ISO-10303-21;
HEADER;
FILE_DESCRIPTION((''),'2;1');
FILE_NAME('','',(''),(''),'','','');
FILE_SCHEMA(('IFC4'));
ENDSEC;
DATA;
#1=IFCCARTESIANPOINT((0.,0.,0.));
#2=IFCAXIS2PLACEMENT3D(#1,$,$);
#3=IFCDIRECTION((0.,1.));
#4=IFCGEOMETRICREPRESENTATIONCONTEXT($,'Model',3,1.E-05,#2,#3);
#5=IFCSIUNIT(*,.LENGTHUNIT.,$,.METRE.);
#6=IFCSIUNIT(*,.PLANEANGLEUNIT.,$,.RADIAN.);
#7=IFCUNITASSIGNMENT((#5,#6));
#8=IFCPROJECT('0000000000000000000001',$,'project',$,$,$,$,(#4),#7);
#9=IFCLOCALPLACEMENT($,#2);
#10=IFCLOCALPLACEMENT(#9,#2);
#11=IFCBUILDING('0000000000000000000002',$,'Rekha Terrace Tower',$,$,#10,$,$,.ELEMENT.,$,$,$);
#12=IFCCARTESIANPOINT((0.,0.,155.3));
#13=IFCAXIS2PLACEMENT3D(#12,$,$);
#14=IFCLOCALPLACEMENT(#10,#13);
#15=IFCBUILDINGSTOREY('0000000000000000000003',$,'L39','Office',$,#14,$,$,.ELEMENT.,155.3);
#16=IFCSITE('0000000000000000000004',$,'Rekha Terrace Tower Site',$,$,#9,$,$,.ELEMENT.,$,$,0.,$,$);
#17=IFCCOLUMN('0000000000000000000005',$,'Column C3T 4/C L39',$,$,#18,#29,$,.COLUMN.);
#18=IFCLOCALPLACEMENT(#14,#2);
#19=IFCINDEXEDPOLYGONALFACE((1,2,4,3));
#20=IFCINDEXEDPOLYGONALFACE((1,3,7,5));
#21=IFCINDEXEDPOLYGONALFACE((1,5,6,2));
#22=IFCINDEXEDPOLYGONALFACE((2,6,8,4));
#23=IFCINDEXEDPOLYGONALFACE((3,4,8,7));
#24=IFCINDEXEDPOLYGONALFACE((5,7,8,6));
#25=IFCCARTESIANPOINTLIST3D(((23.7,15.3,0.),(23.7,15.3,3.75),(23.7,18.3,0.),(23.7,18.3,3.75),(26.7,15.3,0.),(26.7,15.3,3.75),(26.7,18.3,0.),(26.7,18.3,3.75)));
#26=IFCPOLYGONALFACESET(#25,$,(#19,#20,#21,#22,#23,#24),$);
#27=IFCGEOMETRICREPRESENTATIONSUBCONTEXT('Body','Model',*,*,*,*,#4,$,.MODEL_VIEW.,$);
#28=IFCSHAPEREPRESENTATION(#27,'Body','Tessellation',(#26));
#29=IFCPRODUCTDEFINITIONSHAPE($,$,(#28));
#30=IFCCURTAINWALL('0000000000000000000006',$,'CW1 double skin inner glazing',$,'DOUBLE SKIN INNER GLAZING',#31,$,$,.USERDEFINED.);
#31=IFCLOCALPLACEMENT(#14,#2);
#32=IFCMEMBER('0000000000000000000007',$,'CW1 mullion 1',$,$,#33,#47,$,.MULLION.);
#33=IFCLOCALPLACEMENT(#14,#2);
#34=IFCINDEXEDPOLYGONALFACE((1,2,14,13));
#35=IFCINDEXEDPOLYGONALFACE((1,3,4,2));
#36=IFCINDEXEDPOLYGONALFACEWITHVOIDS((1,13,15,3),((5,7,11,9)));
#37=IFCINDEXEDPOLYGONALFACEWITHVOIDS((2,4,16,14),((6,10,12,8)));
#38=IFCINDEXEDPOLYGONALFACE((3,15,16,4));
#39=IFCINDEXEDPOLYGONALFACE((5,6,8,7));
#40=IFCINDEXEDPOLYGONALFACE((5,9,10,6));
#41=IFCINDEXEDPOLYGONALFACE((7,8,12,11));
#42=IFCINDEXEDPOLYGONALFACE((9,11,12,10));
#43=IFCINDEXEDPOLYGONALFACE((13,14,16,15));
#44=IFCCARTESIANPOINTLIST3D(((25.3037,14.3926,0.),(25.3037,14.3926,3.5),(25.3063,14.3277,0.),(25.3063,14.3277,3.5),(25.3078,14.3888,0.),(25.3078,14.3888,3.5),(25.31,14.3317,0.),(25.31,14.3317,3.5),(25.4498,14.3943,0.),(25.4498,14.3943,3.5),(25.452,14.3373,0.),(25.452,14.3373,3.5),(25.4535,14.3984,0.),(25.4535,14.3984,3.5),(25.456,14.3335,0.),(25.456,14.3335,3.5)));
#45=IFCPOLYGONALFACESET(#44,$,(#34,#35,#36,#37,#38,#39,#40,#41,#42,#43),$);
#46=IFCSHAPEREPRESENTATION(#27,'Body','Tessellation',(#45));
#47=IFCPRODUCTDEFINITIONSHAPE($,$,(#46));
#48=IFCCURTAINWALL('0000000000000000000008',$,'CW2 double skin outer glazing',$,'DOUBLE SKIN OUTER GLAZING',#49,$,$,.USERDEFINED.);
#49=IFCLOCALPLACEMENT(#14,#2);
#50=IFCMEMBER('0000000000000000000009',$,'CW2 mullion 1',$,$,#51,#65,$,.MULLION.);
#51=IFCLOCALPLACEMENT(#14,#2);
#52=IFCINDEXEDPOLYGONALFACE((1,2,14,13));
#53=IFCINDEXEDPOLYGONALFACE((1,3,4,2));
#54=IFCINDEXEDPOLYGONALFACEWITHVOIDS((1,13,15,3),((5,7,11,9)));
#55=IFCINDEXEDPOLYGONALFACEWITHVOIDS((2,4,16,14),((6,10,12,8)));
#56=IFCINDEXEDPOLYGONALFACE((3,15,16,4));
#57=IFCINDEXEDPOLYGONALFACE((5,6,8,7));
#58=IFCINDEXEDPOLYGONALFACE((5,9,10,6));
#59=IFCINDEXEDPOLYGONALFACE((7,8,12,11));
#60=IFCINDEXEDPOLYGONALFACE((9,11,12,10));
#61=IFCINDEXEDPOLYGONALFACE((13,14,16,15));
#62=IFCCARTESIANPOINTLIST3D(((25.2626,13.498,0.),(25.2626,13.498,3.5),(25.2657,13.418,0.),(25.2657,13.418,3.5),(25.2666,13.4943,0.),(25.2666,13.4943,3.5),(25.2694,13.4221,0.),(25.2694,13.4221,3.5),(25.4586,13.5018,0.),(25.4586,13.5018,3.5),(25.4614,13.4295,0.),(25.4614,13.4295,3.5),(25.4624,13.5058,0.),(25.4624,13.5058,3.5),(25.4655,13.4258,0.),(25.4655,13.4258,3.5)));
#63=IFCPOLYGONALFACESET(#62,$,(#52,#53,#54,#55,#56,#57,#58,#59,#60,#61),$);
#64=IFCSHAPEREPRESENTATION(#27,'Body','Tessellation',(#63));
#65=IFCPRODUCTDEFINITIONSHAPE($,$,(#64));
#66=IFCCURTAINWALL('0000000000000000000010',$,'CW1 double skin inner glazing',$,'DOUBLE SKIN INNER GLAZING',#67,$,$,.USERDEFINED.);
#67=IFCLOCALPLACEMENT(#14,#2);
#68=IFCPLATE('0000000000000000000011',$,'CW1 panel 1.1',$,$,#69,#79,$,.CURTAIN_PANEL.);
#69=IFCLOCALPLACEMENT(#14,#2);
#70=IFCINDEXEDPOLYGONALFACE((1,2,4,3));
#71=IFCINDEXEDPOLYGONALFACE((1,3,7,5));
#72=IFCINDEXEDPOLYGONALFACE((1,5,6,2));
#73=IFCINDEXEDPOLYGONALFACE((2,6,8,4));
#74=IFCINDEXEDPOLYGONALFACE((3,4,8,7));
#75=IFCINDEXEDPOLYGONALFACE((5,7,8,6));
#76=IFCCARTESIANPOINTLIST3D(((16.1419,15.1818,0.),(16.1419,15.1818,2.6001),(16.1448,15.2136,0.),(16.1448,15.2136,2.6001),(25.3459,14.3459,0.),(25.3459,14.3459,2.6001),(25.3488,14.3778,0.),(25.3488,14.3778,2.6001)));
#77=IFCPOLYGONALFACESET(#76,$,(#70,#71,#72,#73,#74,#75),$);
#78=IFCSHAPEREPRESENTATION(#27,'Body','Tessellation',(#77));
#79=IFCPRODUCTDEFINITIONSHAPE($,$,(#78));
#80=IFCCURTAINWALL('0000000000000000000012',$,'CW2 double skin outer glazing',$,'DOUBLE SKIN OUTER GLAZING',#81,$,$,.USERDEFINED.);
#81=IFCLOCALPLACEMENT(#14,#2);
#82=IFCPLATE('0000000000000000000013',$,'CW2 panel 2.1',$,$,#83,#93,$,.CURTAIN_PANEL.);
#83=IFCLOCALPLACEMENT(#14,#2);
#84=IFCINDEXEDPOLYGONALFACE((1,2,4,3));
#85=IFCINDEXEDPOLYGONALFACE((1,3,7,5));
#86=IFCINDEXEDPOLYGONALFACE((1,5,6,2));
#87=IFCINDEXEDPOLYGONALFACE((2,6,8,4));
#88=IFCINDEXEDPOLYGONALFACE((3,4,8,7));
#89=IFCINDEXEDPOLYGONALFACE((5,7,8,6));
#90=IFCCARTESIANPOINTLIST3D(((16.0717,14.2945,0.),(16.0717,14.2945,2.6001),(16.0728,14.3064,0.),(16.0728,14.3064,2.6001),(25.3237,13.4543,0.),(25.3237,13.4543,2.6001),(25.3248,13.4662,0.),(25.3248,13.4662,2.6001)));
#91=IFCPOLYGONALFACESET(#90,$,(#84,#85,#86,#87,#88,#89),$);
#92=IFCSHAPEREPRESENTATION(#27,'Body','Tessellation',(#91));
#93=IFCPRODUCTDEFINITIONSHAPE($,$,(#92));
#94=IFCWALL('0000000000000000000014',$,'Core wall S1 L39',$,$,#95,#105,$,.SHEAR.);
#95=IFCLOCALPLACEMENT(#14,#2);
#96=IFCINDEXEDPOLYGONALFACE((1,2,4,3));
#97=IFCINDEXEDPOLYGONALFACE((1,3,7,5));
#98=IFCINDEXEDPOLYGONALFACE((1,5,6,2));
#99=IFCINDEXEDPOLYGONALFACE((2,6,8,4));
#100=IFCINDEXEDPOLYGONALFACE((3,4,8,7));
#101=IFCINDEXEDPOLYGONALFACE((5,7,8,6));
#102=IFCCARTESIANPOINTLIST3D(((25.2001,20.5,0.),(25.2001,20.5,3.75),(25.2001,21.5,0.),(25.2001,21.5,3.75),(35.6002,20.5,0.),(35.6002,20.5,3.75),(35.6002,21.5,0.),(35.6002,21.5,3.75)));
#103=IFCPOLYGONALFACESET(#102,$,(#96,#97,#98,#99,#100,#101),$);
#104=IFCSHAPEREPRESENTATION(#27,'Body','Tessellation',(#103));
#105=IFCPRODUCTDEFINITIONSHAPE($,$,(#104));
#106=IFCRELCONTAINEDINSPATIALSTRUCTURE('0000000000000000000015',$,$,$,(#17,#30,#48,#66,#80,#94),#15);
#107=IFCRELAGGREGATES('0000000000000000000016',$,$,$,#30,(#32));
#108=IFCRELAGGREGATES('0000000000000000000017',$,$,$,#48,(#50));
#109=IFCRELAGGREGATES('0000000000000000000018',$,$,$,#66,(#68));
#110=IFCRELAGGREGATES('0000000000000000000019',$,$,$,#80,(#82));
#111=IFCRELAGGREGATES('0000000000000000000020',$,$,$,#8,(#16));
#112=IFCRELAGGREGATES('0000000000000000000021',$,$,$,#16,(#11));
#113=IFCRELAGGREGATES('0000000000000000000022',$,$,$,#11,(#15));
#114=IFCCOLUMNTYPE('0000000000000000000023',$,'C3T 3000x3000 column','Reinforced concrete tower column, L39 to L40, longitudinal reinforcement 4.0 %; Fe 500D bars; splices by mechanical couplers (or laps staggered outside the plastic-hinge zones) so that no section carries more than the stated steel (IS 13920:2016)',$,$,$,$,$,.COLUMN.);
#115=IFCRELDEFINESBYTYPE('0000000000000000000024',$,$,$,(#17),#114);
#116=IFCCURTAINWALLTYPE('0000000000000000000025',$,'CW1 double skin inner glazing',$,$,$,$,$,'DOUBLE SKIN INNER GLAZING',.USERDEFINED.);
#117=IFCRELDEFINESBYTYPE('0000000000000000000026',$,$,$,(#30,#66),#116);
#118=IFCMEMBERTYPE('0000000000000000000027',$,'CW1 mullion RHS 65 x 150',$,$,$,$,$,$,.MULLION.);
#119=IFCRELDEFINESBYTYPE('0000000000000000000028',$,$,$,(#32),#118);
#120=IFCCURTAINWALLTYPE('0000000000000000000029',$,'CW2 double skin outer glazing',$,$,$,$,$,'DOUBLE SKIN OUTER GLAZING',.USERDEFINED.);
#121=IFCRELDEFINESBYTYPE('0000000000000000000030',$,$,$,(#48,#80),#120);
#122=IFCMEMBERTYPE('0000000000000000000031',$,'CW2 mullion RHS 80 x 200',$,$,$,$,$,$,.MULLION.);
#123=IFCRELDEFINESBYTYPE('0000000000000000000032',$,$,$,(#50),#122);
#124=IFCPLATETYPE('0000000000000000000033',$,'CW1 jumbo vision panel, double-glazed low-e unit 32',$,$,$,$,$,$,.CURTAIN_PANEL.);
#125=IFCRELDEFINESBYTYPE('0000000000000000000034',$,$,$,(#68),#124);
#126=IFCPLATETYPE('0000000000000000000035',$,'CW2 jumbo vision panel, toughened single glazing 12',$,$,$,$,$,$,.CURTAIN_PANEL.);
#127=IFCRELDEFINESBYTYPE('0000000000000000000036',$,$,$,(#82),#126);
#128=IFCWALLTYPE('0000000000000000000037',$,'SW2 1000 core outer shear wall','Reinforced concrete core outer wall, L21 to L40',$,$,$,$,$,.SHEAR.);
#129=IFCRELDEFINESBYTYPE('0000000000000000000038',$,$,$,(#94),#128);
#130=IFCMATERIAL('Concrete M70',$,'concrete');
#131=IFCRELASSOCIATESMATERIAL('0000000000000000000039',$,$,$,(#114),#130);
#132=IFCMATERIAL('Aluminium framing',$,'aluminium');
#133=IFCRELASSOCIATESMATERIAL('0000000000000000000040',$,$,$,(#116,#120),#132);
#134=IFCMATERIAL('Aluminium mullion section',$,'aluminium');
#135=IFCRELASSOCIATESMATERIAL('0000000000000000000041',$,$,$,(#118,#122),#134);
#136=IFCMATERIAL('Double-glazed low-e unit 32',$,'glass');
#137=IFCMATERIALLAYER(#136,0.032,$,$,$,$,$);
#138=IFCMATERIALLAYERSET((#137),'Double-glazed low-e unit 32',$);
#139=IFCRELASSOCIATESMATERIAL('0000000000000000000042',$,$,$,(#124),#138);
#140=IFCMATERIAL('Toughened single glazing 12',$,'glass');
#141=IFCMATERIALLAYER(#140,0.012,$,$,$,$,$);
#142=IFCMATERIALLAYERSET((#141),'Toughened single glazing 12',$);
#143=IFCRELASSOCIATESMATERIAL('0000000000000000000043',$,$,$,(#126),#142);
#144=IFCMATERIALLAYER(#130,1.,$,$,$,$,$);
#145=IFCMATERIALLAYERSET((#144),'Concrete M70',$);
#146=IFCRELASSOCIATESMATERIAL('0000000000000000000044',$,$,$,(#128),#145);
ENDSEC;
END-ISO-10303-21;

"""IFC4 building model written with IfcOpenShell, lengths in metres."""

from ifc_helpers import new_model, si_unit, direction, frame, frame_2d, origin, origin_2d, place, context, subcontext, project, spatial, rectangle, hollow_rectangle, extrude, material, layer, layer_set, material_profile, profile_set, type_object, element, aggregate, save


model = new_model("IFC4")

# Units and contexts
model_context = context("Model", 3, precision=1e-05, world=origin(), true_north=direction((0.0, 1.0)))
body_context = subcontext(model_context, "Body", "Model", "MODEL_VIEW")
ifc_project = project(units=[si_unit("LENGTHUNIT", "METRE"), si_unit("PLANEANGLEUNIT", "RADIAN")], contexts=[model_context])

# Site, building, storey
site_placement = place(None, origin())
site = spatial("IfcSite", under=ifc_project, at=site_placement, Name="Rekha Terrace Tower Site", CompositionType="ELEMENT", RefElevation=0.0)
building_placement = place(site_placement, origin())
building = spatial("IfcBuilding", under=site, at=building_placement, Name="Rekha Terrace Tower", CompositionType="ELEMENT")
storey_placement = place(building_placement, frame((0.0, 0.0, 155.3)))
storey = spatial("IfcBuildingStorey", under=building, at=storey_placement, Name="L39", Description="Office", CompositionType="ELEMENT", Elevation=155.3)

# Column
ifc_material_1 = material(Name="Concrete M70", Category="concrete")
ifc_material_profile_1 = material_profile(ifc_material_1, rectangle(XDim=3.0, YDim=3.0, at=origin_2d()), Name="RC 3000x3000")
ifc_profile_set_1 = profile_set([ifc_material_profile_1], Name="Concrete M70")
column_type = type_object("IfcColumnType", Name="C3T 3000x3000 column", Description="Reinforced concrete tower column, L39 to L40, longitudinal reinforcement 4.0 %; Fe 500D bars; splices by mechanical couplers (or laps staggered outside the plastic-hinge zones) so that no section carries more than the stated steel (IS 13920:2016)", PredefinedType="COLUMN", material=ifc_profile_set_1)
column_placement = place(storey_placement, frame((25.2, 16.8, 0.0), z_axis=(0.0, 0.0, 1.0), x_axis=(1.0, 0.0, 0.0)))
element("IfcColumn", 1, at=column_placement, inside=storey, type_object=column_type, Name="Column C3T 4/C L39", PredefinedType="COLUMN", context=body_context, shape_type="SweptSolid", body=[
    extrude(rectangle(XDim=3.0, YDim=3.0, at=origin_2d()), origin(), (0.0, 0.0, 1.0), 3.75),
])

# Curtain walls, members
ifc_material_2 = material(Name="Aluminium framing", Category="aluminium")
curtain_wall_type_1 = type_object("IfcCurtainWallType", Name="CW1 double skin inner glazing", ElementType="DOUBLE SKIN INNER GLAZING", PredefinedType="USERDEFINED", material=ifc_material_2)
curtain_wall_1_placement = place(storey_placement, origin())
curtain_wall_1 = element("IfcCurtainWall", 2, at=curtain_wall_1_placement, inside=storey, type_object=curtain_wall_type_1, Name="CW1 double skin inner glazing", ObjectType="DOUBLE SKIN INNER GLAZING", PredefinedType="USERDEFINED")
ifc_material_3 = material(Name="Aluminium mullion section", Category="aluminium")
ifc_material_profile_2 = material_profile(ifc_material_3, hollow_rectangle(XDim=0.0649, YDim=0.1499, WallThickness=0.0039, at=origin_2d()), Name="AL RHS 65x150")
ifc_profile_set_2 = profile_set([ifc_material_profile_2], Name="Aluminium mullion section")
member_type_1 = type_object("IfcMemberType", Name="CW1 mullion RHS 65 x 150", PredefinedType="MULLION", material=ifc_profile_set_2)
member_1_placement = place(storey_placement, frame((25.3799, 14.363, 0.0), z_axis=(0.0, 0.0, 1.0), x_axis=(-0.03889, 0.999243, 0.0)))
member_1 = element("IfcMember", 3, at=member_1_placement, type_object=member_type_1, Name="CW1 mullion 1", PredefinedType="MULLION", context=body_context, shape_type="SweptSolid", body=[
    extrude(hollow_rectangle(XDim=0.0649, YDim=0.1499, WallThickness=0.0039, at=origin_2d()), origin(), (0.0, 0.0, 1.0), 3.5),
])
aggregate(curtain_wall_1, [member_1])
curtain_wall_type_2 = type_object("IfcCurtainWallType", Name="CW2 double skin outer glazing", ElementType="DOUBLE SKIN OUTER GLAZING", PredefinedType="USERDEFINED", material=ifc_material_2)
curtain_wall_2_placement = place(storey_placement, origin())
curtain_wall_2 = element("IfcCurtainWall", 4, at=curtain_wall_2_placement, inside=storey, type_object=curtain_wall_type_2, Name="CW2 double skin outer glazing", ObjectType="DOUBLE SKIN OUTER GLAZING", PredefinedType="USERDEFINED")
ifc_material_profile_3 = material_profile(ifc_material_3, hollow_rectangle(XDim=0.0801, YDim=0.2, WallThickness=0.0039, at=origin_2d()), Name="AL RHS 80x200")
ifc_profile_set_3 = profile_set([ifc_material_profile_3], Name="Aluminium mullion section")
member_type_2 = type_object("IfcMemberType", Name="CW2 mullion RHS 80 x 200", PredefinedType="MULLION", material=ifc_profile_set_3)
member_2_placement = place(storey_placement, frame((25.364, 13.4619, 0.0), z_axis=(0.0, 0.0, 1.0), x_axis=(-0.03889, 0.999243, 0.0)))
member_2 = element("IfcMember", 5, at=member_2_placement, type_object=member_type_2, Name="CW2 mullion 1", PredefinedType="MULLION", context=body_context, shape_type="SweptSolid", body=[
    extrude(hollow_rectangle(XDim=0.0801, YDim=0.2, WallThickness=0.0039, at=origin_2d()), origin(), (0.0, 0.0, 1.0), 3.5),
])
aggregate(curtain_wall_2, [member_2])

# Curtain walls, plates
curtain_wall_3_placement = place(storey_placement, origin())
curtain_wall_3 = element("IfcCurtainWall", 6, at=curtain_wall_3_placement, inside=storey, type_object=curtain_wall_type_1, Name="CW1 double skin inner glazing", ObjectType="DOUBLE SKIN INNER GLAZING", PredefinedType="USERDEFINED")
ifc_material_4 = material(Name="Double-glazed low-e unit 32", Category="glass")
ifc_layer_1 = layer(ifc_material_4, 0.032)
ifc_layer_set_1 = layer_set([ifc_layer_1], Name="Double-glazed low-e unit 32")
plate_type_1 = type_object("IfcPlateType", Name="CW1 jumbo vision panel, double-glazed low-e unit 32", PredefinedType="CURTAIN_PANEL", material=ifc_layer_set_1)
plate_1_placement = place(storey_placement, frame((20.7454, 14.7798, 0.0), z_axis=(0.0, 0.0, 1.0), x_axis=(0.995902, -0.09044, 0.0)))
plate_1 = element("IfcPlate", 7, at=plate_1_placement, type_object=plate_type_1, Name="CW1 panel 1.1", PredefinedType="CURTAIN_PANEL", context=body_context, shape_type="SweptSolid", body=[
    extrude(rectangle(XDim=9.2419, YDim=0.032, at=origin_2d()), origin(), (0.0, 0.0, 1.0), 2.6001),
])
aggregate(curtain_wall_3, [plate_1])
curtain_wall_4_placement = place(storey_placement, origin())
curtain_wall_4 = element("IfcCurtainWall", 8, at=curtain_wall_4_placement, inside=storey, type_object=curtain_wall_type_2, Name="CW2 double skin outer glazing", ObjectType="DOUBLE SKIN OUTER GLAZING", PredefinedType="USERDEFINED")
ifc_material_5 = material(Name="Toughened single glazing 12", Category="glass")
ifc_layer_2 = layer(ifc_material_5, 0.012)
ifc_layer_set_2 = layer_set([ifc_layer_2], Name="Toughened single glazing 12")
plate_type_2 = type_object("IfcPlateType", Name="CW2 jumbo vision panel, toughened single glazing 12", PredefinedType="CURTAIN_PANEL", material=ifc_layer_set_2)
plate_2_placement = place(storey_placement, frame((20.6982, 13.8804, 0.0), z_axis=(0.0, 0.0, 1.0), x_axis=(0.995902, -0.09044, 0.0)))
plate_2 = element("IfcPlate", 9, at=plate_2_placement, type_object=plate_type_2, Name="CW2 panel 2.1", PredefinedType="CURTAIN_PANEL", context=body_context, shape_type="SweptSolid", body=[
    extrude(rectangle(XDim=9.29, YDim=0.012, at=origin_2d()), origin(), (0.0, 0.0, 1.0), 2.6001),
])
aggregate(curtain_wall_4, [plate_2])

# Wall
ifc_layer_3 = layer(ifc_material_1, 1.0)
ifc_layer_set_3 = layer_set([ifc_layer_3], Name="Concrete M70")
wall_type_1 = type_object("IfcWallType", Name="SW2 1000 core outer shear wall", Description="Reinforced concrete core outer wall, L21 to L40", PredefinedType="SHEAR", material=ifc_layer_set_3)
wall_1_placement = place(storey_placement, frame((25.2, 21.0, 0.0), z_axis=(0.0, 0.0, 1.0), x_axis=(1.0, 0.0, 0.0)))
element("IfcWall", 10, at=wall_1_placement, inside=storey, type_object=wall_type_1, Name="Core wall S1 L39", PredefinedType="SHEAR", context=body_context, shape_type="SweptSolid", body=[
    extrude(rectangle(XDim=10.4001, YDim=1.0, at=frame_2d((5.2002, 0.0))), origin(), (0.0, 0.0, 1.0), 3.75),
])

save(model, "model.ifc")
